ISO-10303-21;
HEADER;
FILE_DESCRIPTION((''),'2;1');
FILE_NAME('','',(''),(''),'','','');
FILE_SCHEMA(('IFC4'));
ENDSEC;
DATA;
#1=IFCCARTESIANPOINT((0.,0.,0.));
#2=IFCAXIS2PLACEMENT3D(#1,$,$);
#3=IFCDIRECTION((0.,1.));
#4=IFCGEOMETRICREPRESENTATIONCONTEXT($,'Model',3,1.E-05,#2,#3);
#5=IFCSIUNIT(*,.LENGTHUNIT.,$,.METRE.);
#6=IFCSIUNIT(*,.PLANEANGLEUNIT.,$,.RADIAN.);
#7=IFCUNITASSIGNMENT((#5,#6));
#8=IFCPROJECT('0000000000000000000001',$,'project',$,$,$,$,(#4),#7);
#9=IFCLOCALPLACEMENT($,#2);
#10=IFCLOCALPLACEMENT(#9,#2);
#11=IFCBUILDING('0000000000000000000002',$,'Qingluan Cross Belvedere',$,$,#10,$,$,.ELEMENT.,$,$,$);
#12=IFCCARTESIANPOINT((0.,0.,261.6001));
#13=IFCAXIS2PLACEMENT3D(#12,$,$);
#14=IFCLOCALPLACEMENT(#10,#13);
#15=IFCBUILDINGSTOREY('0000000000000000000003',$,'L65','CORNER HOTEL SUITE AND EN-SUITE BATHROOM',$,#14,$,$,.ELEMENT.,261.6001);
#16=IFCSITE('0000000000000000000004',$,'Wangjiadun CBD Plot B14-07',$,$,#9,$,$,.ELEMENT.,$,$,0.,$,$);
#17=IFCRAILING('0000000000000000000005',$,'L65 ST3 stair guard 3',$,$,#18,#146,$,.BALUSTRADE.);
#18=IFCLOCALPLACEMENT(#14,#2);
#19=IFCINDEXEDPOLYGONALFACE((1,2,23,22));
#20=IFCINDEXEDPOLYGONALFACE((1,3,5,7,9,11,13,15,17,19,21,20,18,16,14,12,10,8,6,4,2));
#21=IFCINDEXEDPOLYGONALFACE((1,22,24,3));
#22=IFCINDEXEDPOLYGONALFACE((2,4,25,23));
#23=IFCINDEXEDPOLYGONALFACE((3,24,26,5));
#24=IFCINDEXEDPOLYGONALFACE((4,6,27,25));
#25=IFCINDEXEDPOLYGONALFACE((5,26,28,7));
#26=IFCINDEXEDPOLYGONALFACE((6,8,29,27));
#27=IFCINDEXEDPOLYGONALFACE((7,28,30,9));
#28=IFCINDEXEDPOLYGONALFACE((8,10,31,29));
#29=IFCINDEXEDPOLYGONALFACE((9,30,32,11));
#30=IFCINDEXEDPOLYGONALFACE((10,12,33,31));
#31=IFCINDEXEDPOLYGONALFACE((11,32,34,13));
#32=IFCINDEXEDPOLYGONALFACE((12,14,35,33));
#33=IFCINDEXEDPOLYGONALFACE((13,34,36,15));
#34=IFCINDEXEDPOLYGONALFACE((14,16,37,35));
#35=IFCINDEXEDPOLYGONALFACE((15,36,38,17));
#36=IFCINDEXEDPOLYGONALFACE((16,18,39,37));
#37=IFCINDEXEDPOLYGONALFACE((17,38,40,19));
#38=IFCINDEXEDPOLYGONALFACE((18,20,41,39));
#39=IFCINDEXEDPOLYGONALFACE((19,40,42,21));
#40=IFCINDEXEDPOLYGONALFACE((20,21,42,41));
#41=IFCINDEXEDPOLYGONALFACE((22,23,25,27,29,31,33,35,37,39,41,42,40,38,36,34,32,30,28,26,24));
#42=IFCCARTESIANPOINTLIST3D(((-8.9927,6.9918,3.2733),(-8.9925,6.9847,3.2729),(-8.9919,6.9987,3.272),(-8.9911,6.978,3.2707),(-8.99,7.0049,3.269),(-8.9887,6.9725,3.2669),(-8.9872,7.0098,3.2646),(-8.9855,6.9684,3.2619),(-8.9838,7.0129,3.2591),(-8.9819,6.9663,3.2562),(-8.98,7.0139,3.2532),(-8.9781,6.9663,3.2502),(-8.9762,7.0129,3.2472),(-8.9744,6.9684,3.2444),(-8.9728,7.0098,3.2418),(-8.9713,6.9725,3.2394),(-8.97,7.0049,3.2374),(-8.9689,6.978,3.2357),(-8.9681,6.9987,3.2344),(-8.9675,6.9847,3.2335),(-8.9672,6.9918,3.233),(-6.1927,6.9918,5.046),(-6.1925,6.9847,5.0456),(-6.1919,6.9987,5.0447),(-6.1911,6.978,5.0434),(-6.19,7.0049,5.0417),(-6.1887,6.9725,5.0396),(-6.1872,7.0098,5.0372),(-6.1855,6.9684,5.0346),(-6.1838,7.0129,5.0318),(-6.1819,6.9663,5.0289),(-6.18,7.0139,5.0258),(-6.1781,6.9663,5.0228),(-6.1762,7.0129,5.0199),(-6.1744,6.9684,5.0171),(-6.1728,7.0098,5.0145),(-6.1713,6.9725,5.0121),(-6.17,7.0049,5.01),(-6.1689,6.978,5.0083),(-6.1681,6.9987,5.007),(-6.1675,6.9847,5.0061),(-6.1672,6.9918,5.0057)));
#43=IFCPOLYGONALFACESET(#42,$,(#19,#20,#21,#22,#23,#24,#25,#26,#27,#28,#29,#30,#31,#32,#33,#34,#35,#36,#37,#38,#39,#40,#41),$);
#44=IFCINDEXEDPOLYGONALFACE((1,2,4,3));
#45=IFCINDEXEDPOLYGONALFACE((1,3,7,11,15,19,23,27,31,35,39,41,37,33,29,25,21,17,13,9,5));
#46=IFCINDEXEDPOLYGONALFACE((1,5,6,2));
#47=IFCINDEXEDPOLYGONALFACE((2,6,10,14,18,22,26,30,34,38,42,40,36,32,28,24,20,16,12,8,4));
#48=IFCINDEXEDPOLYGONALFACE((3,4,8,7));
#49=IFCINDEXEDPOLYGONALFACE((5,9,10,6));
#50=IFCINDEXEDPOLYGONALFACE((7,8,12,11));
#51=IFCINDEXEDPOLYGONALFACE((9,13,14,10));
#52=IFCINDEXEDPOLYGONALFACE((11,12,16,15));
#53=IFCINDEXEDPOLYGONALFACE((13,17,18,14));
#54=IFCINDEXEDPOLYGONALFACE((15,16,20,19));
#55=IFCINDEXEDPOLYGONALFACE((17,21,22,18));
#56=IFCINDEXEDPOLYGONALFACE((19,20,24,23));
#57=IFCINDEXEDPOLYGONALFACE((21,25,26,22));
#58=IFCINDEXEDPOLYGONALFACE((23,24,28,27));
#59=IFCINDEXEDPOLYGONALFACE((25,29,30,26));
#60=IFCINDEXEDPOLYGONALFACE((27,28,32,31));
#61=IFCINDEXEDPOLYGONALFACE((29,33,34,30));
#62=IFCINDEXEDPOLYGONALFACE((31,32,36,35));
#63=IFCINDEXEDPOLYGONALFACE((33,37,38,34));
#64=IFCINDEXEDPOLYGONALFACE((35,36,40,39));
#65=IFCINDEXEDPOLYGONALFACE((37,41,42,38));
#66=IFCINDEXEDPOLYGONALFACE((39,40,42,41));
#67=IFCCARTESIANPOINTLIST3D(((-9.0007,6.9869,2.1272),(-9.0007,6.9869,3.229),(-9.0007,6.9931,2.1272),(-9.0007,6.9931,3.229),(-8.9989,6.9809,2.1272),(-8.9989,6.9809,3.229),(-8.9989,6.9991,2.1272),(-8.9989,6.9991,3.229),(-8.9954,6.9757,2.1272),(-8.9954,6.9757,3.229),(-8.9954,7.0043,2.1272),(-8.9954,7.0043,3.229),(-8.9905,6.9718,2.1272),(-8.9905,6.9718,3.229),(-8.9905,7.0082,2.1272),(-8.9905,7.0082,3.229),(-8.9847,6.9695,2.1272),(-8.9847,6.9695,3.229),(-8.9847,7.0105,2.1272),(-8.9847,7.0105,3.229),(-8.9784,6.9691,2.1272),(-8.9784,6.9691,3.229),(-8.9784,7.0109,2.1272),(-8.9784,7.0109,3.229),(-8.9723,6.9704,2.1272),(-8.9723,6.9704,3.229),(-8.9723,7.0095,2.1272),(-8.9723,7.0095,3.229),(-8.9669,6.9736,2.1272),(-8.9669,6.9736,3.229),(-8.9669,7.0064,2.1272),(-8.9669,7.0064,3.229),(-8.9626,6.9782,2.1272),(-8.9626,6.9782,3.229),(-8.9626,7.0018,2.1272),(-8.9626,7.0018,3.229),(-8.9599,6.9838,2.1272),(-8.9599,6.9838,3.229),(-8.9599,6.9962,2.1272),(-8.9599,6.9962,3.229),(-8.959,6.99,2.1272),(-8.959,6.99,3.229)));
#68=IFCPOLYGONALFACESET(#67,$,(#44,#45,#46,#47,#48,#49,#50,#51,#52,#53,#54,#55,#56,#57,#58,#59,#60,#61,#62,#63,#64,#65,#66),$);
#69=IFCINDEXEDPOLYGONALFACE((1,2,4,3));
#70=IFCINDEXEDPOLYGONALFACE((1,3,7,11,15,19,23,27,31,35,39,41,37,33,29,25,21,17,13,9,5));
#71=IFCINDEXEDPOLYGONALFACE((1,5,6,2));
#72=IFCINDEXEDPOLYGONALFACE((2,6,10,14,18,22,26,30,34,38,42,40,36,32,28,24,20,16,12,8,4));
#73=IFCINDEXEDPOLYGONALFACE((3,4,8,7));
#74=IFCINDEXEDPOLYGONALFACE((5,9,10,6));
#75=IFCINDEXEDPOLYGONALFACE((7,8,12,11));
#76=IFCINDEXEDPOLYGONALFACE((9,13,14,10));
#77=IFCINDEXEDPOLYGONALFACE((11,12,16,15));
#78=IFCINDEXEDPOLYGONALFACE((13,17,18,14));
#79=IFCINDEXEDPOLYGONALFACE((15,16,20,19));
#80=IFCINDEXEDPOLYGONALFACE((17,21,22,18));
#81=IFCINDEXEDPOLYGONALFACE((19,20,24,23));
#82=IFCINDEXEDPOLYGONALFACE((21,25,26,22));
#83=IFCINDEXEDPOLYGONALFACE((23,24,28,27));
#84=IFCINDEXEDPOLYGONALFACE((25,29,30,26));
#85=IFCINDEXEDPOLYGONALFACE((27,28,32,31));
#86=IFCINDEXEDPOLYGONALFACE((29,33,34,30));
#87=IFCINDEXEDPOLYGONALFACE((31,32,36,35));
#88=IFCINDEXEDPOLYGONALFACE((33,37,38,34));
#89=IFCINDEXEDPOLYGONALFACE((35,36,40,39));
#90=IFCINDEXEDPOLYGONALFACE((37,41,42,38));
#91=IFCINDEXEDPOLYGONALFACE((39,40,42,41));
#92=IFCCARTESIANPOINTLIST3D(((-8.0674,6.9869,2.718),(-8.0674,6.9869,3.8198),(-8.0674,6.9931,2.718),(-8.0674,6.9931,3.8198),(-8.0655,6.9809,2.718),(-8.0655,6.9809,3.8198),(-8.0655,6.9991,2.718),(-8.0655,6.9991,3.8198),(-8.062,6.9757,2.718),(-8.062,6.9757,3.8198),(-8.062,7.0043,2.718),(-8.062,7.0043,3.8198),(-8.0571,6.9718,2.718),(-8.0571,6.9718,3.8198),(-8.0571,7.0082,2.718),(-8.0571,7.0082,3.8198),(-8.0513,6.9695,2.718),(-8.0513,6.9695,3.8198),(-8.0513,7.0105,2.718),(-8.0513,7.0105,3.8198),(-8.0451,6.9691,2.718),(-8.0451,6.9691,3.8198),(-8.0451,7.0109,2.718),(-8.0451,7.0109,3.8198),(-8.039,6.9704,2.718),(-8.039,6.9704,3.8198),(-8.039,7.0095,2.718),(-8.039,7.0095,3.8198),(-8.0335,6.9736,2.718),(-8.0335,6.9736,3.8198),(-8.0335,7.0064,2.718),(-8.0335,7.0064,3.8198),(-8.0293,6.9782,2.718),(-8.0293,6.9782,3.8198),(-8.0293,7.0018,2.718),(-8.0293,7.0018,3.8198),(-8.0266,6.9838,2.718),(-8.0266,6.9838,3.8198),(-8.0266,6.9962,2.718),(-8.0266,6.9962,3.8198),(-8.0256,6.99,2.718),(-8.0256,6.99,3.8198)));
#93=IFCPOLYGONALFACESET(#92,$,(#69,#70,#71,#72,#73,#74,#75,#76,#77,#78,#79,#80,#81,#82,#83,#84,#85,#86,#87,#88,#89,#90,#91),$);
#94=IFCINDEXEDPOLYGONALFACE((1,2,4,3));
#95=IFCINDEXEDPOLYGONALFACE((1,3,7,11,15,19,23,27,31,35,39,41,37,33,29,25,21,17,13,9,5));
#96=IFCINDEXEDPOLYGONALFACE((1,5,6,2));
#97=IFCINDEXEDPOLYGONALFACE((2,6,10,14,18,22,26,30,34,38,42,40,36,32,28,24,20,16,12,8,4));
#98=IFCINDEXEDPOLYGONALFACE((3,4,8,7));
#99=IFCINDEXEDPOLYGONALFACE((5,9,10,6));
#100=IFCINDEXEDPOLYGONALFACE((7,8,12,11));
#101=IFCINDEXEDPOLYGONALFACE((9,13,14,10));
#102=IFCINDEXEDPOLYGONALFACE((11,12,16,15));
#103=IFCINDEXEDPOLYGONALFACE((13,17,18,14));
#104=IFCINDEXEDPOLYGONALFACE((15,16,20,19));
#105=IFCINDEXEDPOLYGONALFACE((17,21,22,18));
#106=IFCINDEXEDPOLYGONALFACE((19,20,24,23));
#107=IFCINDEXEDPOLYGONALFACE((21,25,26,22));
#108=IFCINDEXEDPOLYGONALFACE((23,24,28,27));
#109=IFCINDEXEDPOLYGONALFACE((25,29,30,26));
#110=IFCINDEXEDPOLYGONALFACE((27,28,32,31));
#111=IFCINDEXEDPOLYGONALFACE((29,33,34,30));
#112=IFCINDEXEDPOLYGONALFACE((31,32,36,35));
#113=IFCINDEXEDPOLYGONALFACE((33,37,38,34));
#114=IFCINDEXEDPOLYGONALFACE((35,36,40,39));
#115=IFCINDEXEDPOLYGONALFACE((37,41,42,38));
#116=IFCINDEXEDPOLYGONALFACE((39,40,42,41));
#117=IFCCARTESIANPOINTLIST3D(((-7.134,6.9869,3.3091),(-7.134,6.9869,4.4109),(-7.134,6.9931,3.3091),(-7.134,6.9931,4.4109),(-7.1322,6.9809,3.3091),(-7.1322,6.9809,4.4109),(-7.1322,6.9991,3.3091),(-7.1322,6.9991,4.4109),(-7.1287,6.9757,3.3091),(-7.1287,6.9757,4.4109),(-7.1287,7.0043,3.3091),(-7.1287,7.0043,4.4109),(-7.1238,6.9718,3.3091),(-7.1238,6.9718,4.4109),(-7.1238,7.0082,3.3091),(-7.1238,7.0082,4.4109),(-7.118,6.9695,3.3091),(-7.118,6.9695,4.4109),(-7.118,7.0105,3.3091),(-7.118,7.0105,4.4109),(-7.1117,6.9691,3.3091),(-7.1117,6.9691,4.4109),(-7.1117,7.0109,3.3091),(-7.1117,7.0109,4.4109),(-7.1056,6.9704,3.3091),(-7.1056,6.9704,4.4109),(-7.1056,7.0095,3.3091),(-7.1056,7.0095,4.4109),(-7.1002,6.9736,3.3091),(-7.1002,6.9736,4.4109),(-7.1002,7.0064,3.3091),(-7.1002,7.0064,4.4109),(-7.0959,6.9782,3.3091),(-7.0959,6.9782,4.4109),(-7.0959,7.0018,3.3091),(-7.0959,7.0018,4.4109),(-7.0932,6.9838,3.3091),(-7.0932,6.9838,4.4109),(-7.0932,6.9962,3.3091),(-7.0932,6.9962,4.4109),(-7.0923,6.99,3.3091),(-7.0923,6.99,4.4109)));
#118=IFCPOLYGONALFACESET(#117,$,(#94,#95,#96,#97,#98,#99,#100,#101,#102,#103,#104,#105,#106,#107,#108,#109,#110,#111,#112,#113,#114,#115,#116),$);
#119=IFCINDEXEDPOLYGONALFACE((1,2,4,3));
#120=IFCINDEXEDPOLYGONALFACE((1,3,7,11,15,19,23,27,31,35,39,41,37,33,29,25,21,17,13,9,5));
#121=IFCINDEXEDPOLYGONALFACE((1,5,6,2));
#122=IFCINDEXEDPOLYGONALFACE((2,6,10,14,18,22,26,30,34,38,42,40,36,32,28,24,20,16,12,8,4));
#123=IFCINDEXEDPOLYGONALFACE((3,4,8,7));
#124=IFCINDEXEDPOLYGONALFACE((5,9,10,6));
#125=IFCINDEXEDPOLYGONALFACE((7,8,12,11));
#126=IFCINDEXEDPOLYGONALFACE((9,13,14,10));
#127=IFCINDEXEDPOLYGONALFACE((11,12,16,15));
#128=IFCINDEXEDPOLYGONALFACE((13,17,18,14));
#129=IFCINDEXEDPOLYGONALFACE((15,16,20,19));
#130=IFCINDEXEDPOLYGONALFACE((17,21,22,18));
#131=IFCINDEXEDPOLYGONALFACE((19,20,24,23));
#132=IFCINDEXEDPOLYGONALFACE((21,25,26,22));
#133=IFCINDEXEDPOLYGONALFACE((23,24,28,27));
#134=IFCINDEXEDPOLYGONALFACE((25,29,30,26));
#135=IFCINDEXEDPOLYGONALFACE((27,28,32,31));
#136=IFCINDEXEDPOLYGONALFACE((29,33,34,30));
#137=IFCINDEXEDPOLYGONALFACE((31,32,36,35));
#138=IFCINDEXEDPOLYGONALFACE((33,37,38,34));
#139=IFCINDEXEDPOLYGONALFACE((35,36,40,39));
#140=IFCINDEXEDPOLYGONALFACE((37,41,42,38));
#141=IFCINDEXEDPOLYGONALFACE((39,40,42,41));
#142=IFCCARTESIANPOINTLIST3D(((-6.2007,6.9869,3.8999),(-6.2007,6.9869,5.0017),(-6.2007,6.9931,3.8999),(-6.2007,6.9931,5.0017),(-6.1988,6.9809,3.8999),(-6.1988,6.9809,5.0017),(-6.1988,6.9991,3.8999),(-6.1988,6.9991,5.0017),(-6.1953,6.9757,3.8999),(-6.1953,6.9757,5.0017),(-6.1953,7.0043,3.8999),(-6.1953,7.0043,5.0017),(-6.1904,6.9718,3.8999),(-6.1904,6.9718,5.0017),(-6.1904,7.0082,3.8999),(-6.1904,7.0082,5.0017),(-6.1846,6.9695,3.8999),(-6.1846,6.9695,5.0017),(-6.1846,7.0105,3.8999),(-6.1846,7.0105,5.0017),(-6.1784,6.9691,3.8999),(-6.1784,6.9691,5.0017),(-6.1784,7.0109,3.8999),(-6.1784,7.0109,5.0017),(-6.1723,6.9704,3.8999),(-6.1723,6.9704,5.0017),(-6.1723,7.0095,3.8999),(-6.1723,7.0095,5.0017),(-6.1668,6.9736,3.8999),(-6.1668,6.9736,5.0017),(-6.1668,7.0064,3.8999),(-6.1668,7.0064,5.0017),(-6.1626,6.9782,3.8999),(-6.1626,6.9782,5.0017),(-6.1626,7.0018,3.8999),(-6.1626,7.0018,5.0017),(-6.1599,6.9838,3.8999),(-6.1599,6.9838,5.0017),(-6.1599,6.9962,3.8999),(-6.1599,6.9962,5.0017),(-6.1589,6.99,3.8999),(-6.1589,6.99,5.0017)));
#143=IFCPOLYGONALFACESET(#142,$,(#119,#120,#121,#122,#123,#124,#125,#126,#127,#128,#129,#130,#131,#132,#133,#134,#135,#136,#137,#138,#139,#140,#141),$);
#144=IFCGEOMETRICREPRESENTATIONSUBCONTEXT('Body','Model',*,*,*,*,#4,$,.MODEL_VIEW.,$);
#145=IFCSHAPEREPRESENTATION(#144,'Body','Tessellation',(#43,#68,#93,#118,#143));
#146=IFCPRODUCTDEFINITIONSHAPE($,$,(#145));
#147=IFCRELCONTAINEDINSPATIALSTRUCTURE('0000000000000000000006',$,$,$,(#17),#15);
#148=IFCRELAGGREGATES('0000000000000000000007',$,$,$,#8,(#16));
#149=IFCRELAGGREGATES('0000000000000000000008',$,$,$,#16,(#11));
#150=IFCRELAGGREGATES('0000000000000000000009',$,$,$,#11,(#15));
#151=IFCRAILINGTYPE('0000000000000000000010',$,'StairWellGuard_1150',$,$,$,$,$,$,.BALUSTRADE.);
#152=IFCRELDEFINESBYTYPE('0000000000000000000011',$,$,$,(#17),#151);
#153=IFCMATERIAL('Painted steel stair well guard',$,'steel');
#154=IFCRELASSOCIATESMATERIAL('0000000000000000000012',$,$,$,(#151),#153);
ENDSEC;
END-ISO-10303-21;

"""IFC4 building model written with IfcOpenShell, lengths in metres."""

from ifc_helpers import new_model, si_unit, direction, frame, origin, origin_2d, place, context, subcontext, project, spatial, circle, extrude, material, type_object, element, save


model = new_model("IFC4")

# Units and contexts
model_context = context("Model", 3, precision=1e-05, world=origin(), true_north=direction((0.0, 1.0)))
body_context = subcontext(model_context, "Body", "Model", "MODEL_VIEW")
ifc_project = project(units=[si_unit("LENGTHUNIT", "METRE"), si_unit("PLANEANGLEUNIT", "RADIAN")], contexts=[model_context])

# Site, building, storey
site_placement = place(None, origin())
site = spatial("IfcSite", under=ifc_project, at=site_placement, Name="Wangjiadun CBD Plot B14-07", CompositionType="ELEMENT", RefElevation=0.0)
building_placement = place(site_placement, origin())
building = spatial("IfcBuilding", under=site, at=building_placement, Name="Qingluan Cross Belvedere", CompositionType="ELEMENT")
storey_placement = place(building_placement, frame((0.0, 0.0, 261.6001)))
storey = spatial("IfcBuildingStorey", under=building, at=storey_placement, Name="L65", Description="CORNER HOTEL SUITE AND EN-SUITE BATHROOM", CompositionType="ELEMENT", Elevation=261.6001)

# Railing
ifc_material_1 = material(Name="Painted steel stair well guard", Category="steel")
railing_type_1 = type_object("IfcRailingType", Name="StairWellGuard_1150", PredefinedType="BALUSTRADE", material=ifc_material_1)
railing_1_placement = place(storey_placement, frame((-8.98, 6.99, 2.1272)))
element("IfcRailing", 1, at=railing_1_placement, inside=storey, type_object=railing_type_1, Name="L65 ST3 stair guard 3", PredefinedType="BALUSTRADE", context=body_context, shape_type="SweptSolid", body=[
    extrude(circle(Radius=0.0239, at=origin_2d()), frame((0.0, 0.0, 1.126), z_axis=(0.844909, 0.0, 0.53491), x_axis=(0.0, 1.0, 0.0)), (0.0, 0.0, 1.0), 3.314),
    extrude(circle(Radius=0.021, at=origin_2d()), origin(), (0.0, 0.0, 1.0), 1.1018),
    extrude(circle(Radius=0.021, at=origin_2d()), frame((0.9333, 0.0, 0.5908)), (0.0, 0.0, 1.0), 1.1018),
    extrude(circle(Radius=0.021, at=origin_2d()), frame((1.8667, 0.0, 1.1819)), (0.0, 0.0, 1.0), 1.1018),
    extrude(circle(Radius=0.021, at=origin_2d()), frame((2.8, 0.0, 1.7727)), (0.0, 0.0, 1.0), 1.1018),
])

save(model, "model.ifc")
